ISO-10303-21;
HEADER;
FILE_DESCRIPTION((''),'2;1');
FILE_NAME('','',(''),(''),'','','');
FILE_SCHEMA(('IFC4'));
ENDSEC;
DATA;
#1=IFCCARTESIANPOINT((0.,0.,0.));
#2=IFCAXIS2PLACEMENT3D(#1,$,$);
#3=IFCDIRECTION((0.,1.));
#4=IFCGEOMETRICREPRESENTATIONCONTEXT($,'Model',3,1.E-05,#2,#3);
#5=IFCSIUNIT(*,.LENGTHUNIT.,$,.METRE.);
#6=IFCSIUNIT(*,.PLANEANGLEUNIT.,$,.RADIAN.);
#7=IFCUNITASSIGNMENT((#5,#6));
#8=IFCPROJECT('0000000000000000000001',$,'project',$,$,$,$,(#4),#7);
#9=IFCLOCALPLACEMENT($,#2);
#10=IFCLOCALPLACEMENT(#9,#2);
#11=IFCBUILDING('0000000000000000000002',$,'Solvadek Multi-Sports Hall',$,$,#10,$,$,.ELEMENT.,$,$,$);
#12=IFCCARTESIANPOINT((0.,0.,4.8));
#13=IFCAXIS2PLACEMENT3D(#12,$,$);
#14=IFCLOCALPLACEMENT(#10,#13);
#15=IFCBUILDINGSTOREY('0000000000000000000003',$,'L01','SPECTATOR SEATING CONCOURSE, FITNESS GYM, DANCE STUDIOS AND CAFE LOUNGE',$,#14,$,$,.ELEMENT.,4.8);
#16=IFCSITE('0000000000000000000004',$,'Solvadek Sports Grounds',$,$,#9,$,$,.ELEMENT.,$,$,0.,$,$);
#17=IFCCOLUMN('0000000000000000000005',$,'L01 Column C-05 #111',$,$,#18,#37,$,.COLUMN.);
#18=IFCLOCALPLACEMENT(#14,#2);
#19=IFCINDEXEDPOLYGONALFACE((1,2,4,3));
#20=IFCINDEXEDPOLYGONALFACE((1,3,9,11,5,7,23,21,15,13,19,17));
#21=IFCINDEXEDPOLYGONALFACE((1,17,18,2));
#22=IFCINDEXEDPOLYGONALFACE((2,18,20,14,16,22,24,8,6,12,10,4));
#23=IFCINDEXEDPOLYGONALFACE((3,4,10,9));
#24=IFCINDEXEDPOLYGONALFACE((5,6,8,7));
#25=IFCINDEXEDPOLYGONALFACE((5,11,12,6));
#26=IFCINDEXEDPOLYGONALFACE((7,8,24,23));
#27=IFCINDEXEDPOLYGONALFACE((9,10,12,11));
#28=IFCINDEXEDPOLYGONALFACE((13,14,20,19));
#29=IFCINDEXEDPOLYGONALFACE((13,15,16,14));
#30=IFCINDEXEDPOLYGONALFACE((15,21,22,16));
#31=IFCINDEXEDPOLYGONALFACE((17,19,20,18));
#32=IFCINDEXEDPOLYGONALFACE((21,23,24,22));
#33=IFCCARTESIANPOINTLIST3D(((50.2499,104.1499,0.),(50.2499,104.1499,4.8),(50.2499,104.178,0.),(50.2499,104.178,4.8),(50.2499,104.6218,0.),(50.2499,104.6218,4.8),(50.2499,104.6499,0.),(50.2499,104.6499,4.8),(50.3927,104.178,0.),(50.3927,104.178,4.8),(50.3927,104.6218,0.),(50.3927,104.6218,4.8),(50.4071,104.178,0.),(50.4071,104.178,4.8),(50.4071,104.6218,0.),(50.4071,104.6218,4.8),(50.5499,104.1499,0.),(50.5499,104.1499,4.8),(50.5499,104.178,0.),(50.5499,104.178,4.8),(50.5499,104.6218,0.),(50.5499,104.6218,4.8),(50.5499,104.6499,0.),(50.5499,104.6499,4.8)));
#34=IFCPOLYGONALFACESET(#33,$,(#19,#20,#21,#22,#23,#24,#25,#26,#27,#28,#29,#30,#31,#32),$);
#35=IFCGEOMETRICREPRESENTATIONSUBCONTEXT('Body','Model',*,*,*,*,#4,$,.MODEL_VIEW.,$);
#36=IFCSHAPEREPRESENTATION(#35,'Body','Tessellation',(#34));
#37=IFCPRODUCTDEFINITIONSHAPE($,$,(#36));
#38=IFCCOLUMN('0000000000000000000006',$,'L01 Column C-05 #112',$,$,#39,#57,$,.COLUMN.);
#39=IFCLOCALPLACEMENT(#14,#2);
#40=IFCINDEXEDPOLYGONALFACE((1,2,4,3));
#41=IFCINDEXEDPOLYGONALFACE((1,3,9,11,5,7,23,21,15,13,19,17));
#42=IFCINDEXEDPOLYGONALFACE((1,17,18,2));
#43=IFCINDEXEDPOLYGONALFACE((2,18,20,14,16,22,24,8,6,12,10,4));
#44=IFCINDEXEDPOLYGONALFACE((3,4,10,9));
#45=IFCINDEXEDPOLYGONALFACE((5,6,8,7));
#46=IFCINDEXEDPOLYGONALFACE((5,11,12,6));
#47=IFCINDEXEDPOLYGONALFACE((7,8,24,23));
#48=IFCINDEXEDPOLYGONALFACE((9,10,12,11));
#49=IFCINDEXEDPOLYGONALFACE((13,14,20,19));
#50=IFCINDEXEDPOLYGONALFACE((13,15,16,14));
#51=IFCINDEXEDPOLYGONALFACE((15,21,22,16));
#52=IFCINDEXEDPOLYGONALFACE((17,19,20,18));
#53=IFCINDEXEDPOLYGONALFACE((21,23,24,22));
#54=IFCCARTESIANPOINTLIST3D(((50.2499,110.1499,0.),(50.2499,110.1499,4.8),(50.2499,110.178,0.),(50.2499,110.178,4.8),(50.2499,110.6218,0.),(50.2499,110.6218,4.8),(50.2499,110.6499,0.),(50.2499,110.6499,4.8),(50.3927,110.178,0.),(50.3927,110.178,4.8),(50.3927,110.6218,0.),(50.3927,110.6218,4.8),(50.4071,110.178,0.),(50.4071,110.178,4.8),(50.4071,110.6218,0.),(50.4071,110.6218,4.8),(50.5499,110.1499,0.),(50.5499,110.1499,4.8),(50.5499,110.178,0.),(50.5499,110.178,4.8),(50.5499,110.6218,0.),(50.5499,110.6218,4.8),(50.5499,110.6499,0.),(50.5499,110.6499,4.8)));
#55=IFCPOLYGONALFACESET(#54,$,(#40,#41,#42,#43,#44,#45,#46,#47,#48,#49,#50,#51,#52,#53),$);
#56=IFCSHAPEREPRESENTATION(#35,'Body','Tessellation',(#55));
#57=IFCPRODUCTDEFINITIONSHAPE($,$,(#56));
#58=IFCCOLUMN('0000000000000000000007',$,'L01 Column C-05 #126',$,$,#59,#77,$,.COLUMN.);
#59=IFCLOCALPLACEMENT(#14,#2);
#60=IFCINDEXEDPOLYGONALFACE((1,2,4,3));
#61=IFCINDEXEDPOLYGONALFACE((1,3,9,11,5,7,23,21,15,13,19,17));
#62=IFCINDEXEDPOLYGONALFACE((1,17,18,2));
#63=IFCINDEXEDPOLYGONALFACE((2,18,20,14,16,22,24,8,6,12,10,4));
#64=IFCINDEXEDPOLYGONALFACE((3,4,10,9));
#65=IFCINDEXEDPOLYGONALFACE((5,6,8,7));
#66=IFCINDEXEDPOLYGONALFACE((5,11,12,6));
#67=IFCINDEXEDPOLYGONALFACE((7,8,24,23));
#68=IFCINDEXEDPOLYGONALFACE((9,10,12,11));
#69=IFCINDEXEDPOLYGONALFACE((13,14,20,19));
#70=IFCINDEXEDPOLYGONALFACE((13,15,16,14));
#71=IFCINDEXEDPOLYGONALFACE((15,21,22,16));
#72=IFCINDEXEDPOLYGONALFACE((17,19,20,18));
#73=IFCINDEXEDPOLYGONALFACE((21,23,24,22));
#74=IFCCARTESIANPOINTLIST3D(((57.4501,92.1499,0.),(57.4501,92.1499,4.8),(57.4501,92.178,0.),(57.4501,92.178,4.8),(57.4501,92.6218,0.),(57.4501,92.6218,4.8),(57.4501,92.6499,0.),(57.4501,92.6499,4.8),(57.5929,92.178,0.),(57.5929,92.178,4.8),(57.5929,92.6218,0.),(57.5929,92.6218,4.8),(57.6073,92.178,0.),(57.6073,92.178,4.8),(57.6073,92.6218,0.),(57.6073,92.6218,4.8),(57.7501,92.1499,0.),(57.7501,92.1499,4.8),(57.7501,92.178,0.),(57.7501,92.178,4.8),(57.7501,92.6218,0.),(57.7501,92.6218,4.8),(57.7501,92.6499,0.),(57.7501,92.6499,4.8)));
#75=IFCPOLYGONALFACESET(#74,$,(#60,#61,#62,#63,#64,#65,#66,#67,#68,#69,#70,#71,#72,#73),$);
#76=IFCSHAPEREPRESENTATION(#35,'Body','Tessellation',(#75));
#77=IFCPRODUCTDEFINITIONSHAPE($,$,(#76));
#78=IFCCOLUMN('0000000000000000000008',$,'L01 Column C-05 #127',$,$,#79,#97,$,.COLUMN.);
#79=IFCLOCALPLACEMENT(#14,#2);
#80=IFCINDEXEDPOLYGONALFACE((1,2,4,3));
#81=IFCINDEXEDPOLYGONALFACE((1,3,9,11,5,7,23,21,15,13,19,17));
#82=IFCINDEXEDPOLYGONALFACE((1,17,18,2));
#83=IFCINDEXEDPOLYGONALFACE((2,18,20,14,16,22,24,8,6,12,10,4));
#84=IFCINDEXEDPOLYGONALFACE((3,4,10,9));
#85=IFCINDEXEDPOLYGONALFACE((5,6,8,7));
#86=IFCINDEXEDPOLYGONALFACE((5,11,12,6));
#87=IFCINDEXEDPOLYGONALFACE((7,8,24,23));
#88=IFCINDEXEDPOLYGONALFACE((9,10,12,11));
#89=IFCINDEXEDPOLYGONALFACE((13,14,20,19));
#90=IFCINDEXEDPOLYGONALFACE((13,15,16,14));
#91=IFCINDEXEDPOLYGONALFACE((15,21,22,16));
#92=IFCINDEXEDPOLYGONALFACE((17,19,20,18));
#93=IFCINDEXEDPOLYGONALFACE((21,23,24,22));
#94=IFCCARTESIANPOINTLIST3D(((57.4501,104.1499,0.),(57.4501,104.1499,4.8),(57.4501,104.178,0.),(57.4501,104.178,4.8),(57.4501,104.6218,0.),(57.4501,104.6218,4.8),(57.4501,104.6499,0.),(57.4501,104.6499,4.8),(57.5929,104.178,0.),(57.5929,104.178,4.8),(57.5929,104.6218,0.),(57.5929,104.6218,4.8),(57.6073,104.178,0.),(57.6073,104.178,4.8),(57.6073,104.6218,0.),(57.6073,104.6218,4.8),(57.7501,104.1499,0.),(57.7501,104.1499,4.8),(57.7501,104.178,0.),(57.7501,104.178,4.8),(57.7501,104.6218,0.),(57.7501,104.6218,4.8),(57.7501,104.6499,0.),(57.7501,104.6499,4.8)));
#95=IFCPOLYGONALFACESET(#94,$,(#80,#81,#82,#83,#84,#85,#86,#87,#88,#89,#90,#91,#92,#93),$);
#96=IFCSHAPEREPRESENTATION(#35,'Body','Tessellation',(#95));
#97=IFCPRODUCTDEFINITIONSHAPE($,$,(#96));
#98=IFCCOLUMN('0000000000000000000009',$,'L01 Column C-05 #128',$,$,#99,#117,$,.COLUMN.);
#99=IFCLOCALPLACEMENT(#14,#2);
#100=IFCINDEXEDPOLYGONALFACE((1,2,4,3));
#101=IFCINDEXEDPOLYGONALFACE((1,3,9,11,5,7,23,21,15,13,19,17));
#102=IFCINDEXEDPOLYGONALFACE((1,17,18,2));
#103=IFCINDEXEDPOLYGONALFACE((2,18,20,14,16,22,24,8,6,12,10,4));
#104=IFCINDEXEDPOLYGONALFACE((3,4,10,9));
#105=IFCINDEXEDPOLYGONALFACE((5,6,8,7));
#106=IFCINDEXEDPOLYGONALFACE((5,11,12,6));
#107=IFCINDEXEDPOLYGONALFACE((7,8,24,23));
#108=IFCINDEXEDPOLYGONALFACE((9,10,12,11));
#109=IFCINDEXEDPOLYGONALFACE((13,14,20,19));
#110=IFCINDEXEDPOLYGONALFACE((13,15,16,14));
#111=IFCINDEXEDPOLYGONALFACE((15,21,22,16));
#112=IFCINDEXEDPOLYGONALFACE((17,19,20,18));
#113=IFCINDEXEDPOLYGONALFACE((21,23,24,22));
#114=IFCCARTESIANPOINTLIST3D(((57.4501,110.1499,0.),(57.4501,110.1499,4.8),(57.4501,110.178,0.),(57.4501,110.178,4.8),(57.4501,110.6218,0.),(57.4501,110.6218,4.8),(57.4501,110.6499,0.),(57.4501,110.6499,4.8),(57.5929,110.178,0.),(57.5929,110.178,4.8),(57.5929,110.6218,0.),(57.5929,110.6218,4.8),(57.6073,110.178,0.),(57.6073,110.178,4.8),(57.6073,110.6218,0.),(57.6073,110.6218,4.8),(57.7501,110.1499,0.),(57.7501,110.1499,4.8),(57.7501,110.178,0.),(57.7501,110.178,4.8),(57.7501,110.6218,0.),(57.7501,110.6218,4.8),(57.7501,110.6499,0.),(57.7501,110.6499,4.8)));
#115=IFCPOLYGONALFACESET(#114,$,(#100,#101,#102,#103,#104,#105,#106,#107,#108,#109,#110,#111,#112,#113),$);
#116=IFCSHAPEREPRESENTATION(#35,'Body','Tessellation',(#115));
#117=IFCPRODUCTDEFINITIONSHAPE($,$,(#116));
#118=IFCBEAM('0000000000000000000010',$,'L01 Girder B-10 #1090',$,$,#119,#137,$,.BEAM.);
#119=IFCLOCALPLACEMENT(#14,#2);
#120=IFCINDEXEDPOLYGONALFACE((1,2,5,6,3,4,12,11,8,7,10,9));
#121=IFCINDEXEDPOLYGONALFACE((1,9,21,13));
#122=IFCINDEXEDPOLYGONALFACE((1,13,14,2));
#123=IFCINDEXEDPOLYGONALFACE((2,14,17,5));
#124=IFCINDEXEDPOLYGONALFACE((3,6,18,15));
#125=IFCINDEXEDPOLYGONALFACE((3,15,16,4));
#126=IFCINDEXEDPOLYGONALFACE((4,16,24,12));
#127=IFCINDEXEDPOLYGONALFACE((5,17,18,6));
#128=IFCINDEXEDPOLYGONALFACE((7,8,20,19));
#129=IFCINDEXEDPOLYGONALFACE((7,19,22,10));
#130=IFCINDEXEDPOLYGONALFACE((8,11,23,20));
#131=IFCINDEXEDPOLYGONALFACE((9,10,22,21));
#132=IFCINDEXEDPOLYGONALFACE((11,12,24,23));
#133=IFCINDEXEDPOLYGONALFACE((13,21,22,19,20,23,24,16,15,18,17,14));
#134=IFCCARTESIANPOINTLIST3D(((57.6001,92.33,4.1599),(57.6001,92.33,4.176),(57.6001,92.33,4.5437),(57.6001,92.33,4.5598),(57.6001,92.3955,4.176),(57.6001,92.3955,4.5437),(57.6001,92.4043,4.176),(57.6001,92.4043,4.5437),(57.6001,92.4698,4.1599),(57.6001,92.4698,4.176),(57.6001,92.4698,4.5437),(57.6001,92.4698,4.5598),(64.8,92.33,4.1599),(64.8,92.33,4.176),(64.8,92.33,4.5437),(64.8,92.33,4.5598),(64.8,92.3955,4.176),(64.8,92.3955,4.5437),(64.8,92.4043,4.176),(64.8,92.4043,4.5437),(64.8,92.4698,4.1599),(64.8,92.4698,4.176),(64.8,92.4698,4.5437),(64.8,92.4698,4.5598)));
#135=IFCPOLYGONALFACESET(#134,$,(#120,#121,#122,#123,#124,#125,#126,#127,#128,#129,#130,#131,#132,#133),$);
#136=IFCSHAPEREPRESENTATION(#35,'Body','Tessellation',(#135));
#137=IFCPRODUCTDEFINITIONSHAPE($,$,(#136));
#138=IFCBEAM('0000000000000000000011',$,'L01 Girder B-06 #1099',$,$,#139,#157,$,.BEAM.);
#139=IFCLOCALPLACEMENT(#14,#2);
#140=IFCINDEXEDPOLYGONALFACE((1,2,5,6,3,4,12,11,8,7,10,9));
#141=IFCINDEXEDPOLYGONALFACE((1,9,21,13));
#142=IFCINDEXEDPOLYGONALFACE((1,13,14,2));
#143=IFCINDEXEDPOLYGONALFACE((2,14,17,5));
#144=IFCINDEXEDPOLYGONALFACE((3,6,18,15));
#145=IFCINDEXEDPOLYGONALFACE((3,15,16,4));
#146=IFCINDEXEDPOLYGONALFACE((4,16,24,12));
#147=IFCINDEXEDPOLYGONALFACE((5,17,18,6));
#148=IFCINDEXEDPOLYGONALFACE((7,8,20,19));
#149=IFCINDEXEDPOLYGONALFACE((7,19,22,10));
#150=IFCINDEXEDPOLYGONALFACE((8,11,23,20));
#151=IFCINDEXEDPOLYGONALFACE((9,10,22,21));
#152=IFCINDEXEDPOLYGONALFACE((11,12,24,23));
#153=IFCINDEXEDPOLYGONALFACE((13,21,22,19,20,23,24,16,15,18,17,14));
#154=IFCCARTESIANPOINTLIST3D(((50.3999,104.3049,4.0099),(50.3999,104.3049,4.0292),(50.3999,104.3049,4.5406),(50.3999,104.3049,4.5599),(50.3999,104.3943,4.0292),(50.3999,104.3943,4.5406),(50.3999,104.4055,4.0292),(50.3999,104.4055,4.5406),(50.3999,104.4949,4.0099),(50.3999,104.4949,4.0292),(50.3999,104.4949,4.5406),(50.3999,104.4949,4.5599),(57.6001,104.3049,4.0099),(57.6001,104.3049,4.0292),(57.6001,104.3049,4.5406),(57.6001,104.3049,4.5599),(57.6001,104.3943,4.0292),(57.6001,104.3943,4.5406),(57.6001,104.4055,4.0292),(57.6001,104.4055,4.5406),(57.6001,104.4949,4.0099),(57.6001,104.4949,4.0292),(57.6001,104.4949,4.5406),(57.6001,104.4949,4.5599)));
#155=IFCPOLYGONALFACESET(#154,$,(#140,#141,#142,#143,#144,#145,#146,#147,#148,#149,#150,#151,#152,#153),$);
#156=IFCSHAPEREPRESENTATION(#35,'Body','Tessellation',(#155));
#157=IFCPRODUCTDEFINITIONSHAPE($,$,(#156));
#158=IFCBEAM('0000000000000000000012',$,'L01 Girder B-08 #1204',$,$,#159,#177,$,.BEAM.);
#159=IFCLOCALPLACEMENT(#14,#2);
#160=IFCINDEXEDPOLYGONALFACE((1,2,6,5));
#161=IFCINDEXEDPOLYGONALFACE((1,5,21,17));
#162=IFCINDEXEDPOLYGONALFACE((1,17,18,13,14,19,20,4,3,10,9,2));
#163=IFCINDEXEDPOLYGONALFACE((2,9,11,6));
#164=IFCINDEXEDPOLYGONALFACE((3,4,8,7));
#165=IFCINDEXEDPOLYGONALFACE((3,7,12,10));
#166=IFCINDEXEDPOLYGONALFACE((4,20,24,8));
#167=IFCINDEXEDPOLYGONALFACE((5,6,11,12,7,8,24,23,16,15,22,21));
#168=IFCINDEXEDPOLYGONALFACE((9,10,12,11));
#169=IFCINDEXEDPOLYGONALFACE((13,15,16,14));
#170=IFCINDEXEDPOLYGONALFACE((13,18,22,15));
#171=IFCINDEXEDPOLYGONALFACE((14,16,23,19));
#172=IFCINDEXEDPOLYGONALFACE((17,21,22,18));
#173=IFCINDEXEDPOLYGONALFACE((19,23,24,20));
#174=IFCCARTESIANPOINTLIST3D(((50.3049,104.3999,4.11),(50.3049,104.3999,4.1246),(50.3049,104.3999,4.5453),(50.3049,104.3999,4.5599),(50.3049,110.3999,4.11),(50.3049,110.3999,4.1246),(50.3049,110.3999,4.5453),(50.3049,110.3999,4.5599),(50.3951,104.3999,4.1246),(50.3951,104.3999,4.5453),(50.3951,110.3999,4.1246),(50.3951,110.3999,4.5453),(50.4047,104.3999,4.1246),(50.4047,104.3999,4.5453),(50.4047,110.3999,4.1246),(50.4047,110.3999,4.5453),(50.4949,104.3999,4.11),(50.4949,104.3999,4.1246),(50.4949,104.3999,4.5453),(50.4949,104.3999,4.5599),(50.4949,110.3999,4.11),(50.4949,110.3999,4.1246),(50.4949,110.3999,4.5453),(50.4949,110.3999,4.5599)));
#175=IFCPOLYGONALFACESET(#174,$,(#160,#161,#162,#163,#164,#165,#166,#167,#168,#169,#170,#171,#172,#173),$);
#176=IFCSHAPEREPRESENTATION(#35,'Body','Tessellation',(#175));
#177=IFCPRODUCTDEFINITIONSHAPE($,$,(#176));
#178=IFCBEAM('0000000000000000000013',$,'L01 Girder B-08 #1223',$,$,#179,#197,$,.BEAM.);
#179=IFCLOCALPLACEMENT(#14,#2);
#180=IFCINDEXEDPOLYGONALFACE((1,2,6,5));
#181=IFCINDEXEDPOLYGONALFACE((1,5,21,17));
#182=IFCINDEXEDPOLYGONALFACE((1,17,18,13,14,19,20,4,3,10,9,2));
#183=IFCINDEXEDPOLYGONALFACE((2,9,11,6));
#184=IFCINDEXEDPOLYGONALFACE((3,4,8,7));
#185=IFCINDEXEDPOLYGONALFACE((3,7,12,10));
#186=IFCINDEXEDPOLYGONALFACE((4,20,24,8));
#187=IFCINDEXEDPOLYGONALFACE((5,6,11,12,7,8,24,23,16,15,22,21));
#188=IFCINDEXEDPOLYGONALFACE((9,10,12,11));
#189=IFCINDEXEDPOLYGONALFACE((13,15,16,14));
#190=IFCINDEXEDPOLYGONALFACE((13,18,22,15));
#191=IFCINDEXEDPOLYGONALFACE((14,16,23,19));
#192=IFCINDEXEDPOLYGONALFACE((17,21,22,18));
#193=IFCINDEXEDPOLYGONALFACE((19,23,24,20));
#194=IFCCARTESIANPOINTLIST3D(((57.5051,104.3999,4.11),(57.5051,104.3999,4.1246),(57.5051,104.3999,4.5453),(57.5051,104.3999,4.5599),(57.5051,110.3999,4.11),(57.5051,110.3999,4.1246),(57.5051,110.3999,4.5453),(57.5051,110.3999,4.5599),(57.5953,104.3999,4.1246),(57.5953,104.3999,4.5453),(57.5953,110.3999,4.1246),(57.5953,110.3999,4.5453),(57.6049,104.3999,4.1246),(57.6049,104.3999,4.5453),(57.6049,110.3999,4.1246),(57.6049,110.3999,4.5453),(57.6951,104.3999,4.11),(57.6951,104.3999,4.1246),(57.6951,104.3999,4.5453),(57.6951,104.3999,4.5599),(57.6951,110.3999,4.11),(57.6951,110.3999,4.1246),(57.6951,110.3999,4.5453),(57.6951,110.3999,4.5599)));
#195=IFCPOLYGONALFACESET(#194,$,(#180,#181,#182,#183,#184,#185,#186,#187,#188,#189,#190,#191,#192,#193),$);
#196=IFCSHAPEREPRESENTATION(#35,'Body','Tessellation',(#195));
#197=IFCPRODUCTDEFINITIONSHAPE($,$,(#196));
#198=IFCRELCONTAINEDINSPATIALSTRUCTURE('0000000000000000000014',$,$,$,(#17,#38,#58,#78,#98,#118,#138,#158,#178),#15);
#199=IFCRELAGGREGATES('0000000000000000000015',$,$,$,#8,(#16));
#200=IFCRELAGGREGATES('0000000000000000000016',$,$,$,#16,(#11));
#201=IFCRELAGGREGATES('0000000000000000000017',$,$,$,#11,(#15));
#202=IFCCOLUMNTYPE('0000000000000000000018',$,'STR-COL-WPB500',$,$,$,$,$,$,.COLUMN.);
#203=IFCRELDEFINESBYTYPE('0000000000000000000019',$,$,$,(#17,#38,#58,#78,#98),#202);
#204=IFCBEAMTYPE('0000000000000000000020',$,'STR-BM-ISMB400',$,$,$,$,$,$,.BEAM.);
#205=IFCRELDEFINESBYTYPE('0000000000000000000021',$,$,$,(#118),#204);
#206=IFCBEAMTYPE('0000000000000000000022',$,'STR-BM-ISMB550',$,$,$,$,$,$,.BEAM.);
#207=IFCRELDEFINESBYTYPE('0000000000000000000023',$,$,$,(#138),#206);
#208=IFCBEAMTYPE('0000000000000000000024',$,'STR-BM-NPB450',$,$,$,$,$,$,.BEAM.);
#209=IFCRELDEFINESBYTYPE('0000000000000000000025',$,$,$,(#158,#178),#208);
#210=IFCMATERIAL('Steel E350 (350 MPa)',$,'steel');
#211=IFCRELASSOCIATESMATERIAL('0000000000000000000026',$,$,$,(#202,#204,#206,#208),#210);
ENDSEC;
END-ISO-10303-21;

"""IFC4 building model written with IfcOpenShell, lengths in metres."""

from ifc_helpers import new_model, si_unit, direction, frame, origin, origin_2d, place, context, subcontext, project, spatial, i_section, extrude, material, material_profile, profile_set, type_object, element, save


model = new_model("IFC4")

# Units and contexts
model_context = context("Model", 3, precision=1e-05, world=origin(), true_north=direction((0.0, 1.0)))
body_context = subcontext(model_context, "Body", "Model", "MODEL_VIEW")
ifc_project = project(units=[si_unit("LENGTHUNIT", "METRE"), si_unit("PLANEANGLEUNIT", "RADIAN")], contexts=[model_context])

# Site, building, storey
site_placement = place(None, origin())
site = spatial("IfcSite", under=ifc_project, at=site_placement, Name="Solvadek Sports Grounds", CompositionType="ELEMENT", RefElevation=0.0)
building_placement = place(site_placement, origin())
building = spatial("IfcBuilding", under=site, at=building_placement, Name="Solvadek Multi-Sports Hall", CompositionType="ELEMENT")
storey_placement = place(building_placement, frame((0.0, 0.0, 4.8)))
storey = spatial("IfcBuildingStorey", under=building, at=storey_placement, Name="L01", Description="SPECTATOR SEATING CONCOURSE, FITNESS GYM, DANCE STUDIOS AND CAFE LOUNGE", CompositionType="ELEMENT", Elevation=4.8)

# Columns
ifc_material_1 = material(Name="Steel E350 (350 MPa)", Category="steel")
ifc_material_profile_1 = material_profile(ifc_material_1, i_section(OverallWidth=0.3, OverallDepth=0.5, WebThickness=0.0144, FlangeThickness=0.0281, at=origin_2d()), Name="WPB 500")
ifc_profile_set_1 = profile_set([ifc_material_profile_1], Name="Steel E350 (350 MPa)")
column_type = type_object("IfcColumnType", Name="STR-COL-WPB500", PredefinedType="COLUMN", material=ifc_profile_set_1)
for number, where, z_axis, x_axis, name in (
    (1, (50.3999, 104.3999, 0.0), (0.0, 0.0, 1.0), (1.0, 0.0, 0.0), "L01 Column C-05 #111"),
    (2, (50.3999, 110.3999, 0.0), (0.0, 0.0, 1.0), (1.0, 0.0, 0.0), "L01 Column C-05 #112"),
    (3, (57.6001, 92.3999, 0.0), (0.0, 0.0, 1.0), (1.0, 0.0, 0.0), "L01 Column C-05 #126"),
    (4, (57.6001, 104.3999, 0.0), (0.0, 0.0, 1.0), (1.0, 0.0, 0.0), "L01 Column C-05 #127"),
    (5, (57.6001, 110.3999, 0.0), (0.0, 0.0, 1.0), (1.0, 0.0, 0.0), "L01 Column C-05 #128"),
):
    element("IfcColumn", number, at=place(storey_placement, frame(where, z_axis=z_axis, x_axis=x_axis)), inside=storey, type_object=column_type, Name=name, PredefinedType="COLUMN", context=body_context, shape_type="SweptSolid", body=[
        extrude(i_section(OverallWidth=0.3, OverallDepth=0.5, WebThickness=0.0144, FlangeThickness=0.0281, at=origin_2d()), origin(), (0.0, 0.0, 1.0), 4.8),
    ])

# Beams
ifc_material_profile_2 = material_profile(ifc_material_1, i_section(OverallWidth=0.1399, OverallDepth=0.3999, WebThickness=0.0088, FlangeThickness=0.0161, at=origin_2d()), Name="ISMB 400")
ifc_profile_set_2 = profile_set([ifc_material_profile_2], Name="Steel E350 (350 MPa)")
beam_type_1 = type_object("IfcBeamType", Name="STR-BM-ISMB400", PredefinedType="BEAM", material=ifc_profile_set_2)
beam_1_placement = place(storey_placement, frame((57.6001, 92.3999, 4.3599), z_axis=(1.0, 0.0, 0.0), x_axis=(0.0, 1.0, 0.0)))
element("IfcBeam", 6, at=beam_1_placement, inside=storey, type_object=beam_type_1, Name="L01 Girder B-10 #1090", PredefinedType="BEAM", context=body_context, shape_type="SweptSolid", body=[
    extrude(i_section(OverallWidth=0.1399, OverallDepth=0.3999, WebThickness=0.0088, FlangeThickness=0.0161, at=origin_2d()), origin(), (0.0, 0.0, 1.0), 7.2),
])
ifc_material_profile_3 = material_profile(ifc_material_1, i_section(OverallWidth=0.1899, OverallDepth=0.55, WebThickness=0.0112, FlangeThickness=0.0193, at=origin_2d()), Name="ISMB 550")
ifc_profile_set_3 = profile_set([ifc_material_profile_3], Name="Steel E350 (350 MPa)")
beam_type_2 = type_object("IfcBeamType", Name="STR-BM-ISMB550", PredefinedType="BEAM", material=ifc_profile_set_3)
beam_2_placement = place(storey_placement, frame((50.3999, 104.3999, 4.2849), z_axis=(1.0, 0.0, 0.0), x_axis=(0.0, 1.0, 0.0)))
element("IfcBeam", 7, at=beam_2_placement, inside=storey, type_object=beam_type_2, Name="L01 Girder B-06 #1099", PredefinedType="BEAM", context=body_context, shape_type="SweptSolid", body=[
    extrude(i_section(OverallWidth=0.1899, OverallDepth=0.55, WebThickness=0.0112, FlangeThickness=0.0193, at=origin_2d()), origin(), (0.0, 0.0, 1.0), 7.2002),
])
ifc_material_profile_4 = material_profile(ifc_material_1, i_section(OverallWidth=0.1899, OverallDepth=0.45, WebThickness=0.0095, FlangeThickness=0.0146, at=origin_2d()), Name="NPB 450")
ifc_profile_set_4 = profile_set([ifc_material_profile_4], Name="Steel E350 (350 MPa)")
beam_type_3 = type_object("IfcBeamType", Name="STR-BM-NPB450", PredefinedType="BEAM", material=ifc_profile_set_4)
for number, where, z_axis, x_axis, name in (
    (8, (50.3999, 104.3999, 4.335), (0.0, 1.0, 0.0), (-1.0, 0.0, 0.0), "L01 Girder B-08 #1204"),
    (9, (57.6001, 104.3999, 4.335), (0.0, 1.0, 0.0), (-1.0, 0.0, 0.0), "L01 Girder B-08 #1223"),
):
    element("IfcBeam", number, at=place(storey_placement, frame(where, z_axis=z_axis, x_axis=x_axis)), inside=storey, type_object=beam_type_3, Name=name, PredefinedType="BEAM", context=body_context, shape_type="SweptSolid", body=[
        extrude(i_section(OverallWidth=0.1899, OverallDepth=0.45, WebThickness=0.0095, FlangeThickness=0.0146, at=origin_2d()), origin(), (0.0, 0.0, 1.0), 6.0),
    ])

save(model, "model.ifc")
